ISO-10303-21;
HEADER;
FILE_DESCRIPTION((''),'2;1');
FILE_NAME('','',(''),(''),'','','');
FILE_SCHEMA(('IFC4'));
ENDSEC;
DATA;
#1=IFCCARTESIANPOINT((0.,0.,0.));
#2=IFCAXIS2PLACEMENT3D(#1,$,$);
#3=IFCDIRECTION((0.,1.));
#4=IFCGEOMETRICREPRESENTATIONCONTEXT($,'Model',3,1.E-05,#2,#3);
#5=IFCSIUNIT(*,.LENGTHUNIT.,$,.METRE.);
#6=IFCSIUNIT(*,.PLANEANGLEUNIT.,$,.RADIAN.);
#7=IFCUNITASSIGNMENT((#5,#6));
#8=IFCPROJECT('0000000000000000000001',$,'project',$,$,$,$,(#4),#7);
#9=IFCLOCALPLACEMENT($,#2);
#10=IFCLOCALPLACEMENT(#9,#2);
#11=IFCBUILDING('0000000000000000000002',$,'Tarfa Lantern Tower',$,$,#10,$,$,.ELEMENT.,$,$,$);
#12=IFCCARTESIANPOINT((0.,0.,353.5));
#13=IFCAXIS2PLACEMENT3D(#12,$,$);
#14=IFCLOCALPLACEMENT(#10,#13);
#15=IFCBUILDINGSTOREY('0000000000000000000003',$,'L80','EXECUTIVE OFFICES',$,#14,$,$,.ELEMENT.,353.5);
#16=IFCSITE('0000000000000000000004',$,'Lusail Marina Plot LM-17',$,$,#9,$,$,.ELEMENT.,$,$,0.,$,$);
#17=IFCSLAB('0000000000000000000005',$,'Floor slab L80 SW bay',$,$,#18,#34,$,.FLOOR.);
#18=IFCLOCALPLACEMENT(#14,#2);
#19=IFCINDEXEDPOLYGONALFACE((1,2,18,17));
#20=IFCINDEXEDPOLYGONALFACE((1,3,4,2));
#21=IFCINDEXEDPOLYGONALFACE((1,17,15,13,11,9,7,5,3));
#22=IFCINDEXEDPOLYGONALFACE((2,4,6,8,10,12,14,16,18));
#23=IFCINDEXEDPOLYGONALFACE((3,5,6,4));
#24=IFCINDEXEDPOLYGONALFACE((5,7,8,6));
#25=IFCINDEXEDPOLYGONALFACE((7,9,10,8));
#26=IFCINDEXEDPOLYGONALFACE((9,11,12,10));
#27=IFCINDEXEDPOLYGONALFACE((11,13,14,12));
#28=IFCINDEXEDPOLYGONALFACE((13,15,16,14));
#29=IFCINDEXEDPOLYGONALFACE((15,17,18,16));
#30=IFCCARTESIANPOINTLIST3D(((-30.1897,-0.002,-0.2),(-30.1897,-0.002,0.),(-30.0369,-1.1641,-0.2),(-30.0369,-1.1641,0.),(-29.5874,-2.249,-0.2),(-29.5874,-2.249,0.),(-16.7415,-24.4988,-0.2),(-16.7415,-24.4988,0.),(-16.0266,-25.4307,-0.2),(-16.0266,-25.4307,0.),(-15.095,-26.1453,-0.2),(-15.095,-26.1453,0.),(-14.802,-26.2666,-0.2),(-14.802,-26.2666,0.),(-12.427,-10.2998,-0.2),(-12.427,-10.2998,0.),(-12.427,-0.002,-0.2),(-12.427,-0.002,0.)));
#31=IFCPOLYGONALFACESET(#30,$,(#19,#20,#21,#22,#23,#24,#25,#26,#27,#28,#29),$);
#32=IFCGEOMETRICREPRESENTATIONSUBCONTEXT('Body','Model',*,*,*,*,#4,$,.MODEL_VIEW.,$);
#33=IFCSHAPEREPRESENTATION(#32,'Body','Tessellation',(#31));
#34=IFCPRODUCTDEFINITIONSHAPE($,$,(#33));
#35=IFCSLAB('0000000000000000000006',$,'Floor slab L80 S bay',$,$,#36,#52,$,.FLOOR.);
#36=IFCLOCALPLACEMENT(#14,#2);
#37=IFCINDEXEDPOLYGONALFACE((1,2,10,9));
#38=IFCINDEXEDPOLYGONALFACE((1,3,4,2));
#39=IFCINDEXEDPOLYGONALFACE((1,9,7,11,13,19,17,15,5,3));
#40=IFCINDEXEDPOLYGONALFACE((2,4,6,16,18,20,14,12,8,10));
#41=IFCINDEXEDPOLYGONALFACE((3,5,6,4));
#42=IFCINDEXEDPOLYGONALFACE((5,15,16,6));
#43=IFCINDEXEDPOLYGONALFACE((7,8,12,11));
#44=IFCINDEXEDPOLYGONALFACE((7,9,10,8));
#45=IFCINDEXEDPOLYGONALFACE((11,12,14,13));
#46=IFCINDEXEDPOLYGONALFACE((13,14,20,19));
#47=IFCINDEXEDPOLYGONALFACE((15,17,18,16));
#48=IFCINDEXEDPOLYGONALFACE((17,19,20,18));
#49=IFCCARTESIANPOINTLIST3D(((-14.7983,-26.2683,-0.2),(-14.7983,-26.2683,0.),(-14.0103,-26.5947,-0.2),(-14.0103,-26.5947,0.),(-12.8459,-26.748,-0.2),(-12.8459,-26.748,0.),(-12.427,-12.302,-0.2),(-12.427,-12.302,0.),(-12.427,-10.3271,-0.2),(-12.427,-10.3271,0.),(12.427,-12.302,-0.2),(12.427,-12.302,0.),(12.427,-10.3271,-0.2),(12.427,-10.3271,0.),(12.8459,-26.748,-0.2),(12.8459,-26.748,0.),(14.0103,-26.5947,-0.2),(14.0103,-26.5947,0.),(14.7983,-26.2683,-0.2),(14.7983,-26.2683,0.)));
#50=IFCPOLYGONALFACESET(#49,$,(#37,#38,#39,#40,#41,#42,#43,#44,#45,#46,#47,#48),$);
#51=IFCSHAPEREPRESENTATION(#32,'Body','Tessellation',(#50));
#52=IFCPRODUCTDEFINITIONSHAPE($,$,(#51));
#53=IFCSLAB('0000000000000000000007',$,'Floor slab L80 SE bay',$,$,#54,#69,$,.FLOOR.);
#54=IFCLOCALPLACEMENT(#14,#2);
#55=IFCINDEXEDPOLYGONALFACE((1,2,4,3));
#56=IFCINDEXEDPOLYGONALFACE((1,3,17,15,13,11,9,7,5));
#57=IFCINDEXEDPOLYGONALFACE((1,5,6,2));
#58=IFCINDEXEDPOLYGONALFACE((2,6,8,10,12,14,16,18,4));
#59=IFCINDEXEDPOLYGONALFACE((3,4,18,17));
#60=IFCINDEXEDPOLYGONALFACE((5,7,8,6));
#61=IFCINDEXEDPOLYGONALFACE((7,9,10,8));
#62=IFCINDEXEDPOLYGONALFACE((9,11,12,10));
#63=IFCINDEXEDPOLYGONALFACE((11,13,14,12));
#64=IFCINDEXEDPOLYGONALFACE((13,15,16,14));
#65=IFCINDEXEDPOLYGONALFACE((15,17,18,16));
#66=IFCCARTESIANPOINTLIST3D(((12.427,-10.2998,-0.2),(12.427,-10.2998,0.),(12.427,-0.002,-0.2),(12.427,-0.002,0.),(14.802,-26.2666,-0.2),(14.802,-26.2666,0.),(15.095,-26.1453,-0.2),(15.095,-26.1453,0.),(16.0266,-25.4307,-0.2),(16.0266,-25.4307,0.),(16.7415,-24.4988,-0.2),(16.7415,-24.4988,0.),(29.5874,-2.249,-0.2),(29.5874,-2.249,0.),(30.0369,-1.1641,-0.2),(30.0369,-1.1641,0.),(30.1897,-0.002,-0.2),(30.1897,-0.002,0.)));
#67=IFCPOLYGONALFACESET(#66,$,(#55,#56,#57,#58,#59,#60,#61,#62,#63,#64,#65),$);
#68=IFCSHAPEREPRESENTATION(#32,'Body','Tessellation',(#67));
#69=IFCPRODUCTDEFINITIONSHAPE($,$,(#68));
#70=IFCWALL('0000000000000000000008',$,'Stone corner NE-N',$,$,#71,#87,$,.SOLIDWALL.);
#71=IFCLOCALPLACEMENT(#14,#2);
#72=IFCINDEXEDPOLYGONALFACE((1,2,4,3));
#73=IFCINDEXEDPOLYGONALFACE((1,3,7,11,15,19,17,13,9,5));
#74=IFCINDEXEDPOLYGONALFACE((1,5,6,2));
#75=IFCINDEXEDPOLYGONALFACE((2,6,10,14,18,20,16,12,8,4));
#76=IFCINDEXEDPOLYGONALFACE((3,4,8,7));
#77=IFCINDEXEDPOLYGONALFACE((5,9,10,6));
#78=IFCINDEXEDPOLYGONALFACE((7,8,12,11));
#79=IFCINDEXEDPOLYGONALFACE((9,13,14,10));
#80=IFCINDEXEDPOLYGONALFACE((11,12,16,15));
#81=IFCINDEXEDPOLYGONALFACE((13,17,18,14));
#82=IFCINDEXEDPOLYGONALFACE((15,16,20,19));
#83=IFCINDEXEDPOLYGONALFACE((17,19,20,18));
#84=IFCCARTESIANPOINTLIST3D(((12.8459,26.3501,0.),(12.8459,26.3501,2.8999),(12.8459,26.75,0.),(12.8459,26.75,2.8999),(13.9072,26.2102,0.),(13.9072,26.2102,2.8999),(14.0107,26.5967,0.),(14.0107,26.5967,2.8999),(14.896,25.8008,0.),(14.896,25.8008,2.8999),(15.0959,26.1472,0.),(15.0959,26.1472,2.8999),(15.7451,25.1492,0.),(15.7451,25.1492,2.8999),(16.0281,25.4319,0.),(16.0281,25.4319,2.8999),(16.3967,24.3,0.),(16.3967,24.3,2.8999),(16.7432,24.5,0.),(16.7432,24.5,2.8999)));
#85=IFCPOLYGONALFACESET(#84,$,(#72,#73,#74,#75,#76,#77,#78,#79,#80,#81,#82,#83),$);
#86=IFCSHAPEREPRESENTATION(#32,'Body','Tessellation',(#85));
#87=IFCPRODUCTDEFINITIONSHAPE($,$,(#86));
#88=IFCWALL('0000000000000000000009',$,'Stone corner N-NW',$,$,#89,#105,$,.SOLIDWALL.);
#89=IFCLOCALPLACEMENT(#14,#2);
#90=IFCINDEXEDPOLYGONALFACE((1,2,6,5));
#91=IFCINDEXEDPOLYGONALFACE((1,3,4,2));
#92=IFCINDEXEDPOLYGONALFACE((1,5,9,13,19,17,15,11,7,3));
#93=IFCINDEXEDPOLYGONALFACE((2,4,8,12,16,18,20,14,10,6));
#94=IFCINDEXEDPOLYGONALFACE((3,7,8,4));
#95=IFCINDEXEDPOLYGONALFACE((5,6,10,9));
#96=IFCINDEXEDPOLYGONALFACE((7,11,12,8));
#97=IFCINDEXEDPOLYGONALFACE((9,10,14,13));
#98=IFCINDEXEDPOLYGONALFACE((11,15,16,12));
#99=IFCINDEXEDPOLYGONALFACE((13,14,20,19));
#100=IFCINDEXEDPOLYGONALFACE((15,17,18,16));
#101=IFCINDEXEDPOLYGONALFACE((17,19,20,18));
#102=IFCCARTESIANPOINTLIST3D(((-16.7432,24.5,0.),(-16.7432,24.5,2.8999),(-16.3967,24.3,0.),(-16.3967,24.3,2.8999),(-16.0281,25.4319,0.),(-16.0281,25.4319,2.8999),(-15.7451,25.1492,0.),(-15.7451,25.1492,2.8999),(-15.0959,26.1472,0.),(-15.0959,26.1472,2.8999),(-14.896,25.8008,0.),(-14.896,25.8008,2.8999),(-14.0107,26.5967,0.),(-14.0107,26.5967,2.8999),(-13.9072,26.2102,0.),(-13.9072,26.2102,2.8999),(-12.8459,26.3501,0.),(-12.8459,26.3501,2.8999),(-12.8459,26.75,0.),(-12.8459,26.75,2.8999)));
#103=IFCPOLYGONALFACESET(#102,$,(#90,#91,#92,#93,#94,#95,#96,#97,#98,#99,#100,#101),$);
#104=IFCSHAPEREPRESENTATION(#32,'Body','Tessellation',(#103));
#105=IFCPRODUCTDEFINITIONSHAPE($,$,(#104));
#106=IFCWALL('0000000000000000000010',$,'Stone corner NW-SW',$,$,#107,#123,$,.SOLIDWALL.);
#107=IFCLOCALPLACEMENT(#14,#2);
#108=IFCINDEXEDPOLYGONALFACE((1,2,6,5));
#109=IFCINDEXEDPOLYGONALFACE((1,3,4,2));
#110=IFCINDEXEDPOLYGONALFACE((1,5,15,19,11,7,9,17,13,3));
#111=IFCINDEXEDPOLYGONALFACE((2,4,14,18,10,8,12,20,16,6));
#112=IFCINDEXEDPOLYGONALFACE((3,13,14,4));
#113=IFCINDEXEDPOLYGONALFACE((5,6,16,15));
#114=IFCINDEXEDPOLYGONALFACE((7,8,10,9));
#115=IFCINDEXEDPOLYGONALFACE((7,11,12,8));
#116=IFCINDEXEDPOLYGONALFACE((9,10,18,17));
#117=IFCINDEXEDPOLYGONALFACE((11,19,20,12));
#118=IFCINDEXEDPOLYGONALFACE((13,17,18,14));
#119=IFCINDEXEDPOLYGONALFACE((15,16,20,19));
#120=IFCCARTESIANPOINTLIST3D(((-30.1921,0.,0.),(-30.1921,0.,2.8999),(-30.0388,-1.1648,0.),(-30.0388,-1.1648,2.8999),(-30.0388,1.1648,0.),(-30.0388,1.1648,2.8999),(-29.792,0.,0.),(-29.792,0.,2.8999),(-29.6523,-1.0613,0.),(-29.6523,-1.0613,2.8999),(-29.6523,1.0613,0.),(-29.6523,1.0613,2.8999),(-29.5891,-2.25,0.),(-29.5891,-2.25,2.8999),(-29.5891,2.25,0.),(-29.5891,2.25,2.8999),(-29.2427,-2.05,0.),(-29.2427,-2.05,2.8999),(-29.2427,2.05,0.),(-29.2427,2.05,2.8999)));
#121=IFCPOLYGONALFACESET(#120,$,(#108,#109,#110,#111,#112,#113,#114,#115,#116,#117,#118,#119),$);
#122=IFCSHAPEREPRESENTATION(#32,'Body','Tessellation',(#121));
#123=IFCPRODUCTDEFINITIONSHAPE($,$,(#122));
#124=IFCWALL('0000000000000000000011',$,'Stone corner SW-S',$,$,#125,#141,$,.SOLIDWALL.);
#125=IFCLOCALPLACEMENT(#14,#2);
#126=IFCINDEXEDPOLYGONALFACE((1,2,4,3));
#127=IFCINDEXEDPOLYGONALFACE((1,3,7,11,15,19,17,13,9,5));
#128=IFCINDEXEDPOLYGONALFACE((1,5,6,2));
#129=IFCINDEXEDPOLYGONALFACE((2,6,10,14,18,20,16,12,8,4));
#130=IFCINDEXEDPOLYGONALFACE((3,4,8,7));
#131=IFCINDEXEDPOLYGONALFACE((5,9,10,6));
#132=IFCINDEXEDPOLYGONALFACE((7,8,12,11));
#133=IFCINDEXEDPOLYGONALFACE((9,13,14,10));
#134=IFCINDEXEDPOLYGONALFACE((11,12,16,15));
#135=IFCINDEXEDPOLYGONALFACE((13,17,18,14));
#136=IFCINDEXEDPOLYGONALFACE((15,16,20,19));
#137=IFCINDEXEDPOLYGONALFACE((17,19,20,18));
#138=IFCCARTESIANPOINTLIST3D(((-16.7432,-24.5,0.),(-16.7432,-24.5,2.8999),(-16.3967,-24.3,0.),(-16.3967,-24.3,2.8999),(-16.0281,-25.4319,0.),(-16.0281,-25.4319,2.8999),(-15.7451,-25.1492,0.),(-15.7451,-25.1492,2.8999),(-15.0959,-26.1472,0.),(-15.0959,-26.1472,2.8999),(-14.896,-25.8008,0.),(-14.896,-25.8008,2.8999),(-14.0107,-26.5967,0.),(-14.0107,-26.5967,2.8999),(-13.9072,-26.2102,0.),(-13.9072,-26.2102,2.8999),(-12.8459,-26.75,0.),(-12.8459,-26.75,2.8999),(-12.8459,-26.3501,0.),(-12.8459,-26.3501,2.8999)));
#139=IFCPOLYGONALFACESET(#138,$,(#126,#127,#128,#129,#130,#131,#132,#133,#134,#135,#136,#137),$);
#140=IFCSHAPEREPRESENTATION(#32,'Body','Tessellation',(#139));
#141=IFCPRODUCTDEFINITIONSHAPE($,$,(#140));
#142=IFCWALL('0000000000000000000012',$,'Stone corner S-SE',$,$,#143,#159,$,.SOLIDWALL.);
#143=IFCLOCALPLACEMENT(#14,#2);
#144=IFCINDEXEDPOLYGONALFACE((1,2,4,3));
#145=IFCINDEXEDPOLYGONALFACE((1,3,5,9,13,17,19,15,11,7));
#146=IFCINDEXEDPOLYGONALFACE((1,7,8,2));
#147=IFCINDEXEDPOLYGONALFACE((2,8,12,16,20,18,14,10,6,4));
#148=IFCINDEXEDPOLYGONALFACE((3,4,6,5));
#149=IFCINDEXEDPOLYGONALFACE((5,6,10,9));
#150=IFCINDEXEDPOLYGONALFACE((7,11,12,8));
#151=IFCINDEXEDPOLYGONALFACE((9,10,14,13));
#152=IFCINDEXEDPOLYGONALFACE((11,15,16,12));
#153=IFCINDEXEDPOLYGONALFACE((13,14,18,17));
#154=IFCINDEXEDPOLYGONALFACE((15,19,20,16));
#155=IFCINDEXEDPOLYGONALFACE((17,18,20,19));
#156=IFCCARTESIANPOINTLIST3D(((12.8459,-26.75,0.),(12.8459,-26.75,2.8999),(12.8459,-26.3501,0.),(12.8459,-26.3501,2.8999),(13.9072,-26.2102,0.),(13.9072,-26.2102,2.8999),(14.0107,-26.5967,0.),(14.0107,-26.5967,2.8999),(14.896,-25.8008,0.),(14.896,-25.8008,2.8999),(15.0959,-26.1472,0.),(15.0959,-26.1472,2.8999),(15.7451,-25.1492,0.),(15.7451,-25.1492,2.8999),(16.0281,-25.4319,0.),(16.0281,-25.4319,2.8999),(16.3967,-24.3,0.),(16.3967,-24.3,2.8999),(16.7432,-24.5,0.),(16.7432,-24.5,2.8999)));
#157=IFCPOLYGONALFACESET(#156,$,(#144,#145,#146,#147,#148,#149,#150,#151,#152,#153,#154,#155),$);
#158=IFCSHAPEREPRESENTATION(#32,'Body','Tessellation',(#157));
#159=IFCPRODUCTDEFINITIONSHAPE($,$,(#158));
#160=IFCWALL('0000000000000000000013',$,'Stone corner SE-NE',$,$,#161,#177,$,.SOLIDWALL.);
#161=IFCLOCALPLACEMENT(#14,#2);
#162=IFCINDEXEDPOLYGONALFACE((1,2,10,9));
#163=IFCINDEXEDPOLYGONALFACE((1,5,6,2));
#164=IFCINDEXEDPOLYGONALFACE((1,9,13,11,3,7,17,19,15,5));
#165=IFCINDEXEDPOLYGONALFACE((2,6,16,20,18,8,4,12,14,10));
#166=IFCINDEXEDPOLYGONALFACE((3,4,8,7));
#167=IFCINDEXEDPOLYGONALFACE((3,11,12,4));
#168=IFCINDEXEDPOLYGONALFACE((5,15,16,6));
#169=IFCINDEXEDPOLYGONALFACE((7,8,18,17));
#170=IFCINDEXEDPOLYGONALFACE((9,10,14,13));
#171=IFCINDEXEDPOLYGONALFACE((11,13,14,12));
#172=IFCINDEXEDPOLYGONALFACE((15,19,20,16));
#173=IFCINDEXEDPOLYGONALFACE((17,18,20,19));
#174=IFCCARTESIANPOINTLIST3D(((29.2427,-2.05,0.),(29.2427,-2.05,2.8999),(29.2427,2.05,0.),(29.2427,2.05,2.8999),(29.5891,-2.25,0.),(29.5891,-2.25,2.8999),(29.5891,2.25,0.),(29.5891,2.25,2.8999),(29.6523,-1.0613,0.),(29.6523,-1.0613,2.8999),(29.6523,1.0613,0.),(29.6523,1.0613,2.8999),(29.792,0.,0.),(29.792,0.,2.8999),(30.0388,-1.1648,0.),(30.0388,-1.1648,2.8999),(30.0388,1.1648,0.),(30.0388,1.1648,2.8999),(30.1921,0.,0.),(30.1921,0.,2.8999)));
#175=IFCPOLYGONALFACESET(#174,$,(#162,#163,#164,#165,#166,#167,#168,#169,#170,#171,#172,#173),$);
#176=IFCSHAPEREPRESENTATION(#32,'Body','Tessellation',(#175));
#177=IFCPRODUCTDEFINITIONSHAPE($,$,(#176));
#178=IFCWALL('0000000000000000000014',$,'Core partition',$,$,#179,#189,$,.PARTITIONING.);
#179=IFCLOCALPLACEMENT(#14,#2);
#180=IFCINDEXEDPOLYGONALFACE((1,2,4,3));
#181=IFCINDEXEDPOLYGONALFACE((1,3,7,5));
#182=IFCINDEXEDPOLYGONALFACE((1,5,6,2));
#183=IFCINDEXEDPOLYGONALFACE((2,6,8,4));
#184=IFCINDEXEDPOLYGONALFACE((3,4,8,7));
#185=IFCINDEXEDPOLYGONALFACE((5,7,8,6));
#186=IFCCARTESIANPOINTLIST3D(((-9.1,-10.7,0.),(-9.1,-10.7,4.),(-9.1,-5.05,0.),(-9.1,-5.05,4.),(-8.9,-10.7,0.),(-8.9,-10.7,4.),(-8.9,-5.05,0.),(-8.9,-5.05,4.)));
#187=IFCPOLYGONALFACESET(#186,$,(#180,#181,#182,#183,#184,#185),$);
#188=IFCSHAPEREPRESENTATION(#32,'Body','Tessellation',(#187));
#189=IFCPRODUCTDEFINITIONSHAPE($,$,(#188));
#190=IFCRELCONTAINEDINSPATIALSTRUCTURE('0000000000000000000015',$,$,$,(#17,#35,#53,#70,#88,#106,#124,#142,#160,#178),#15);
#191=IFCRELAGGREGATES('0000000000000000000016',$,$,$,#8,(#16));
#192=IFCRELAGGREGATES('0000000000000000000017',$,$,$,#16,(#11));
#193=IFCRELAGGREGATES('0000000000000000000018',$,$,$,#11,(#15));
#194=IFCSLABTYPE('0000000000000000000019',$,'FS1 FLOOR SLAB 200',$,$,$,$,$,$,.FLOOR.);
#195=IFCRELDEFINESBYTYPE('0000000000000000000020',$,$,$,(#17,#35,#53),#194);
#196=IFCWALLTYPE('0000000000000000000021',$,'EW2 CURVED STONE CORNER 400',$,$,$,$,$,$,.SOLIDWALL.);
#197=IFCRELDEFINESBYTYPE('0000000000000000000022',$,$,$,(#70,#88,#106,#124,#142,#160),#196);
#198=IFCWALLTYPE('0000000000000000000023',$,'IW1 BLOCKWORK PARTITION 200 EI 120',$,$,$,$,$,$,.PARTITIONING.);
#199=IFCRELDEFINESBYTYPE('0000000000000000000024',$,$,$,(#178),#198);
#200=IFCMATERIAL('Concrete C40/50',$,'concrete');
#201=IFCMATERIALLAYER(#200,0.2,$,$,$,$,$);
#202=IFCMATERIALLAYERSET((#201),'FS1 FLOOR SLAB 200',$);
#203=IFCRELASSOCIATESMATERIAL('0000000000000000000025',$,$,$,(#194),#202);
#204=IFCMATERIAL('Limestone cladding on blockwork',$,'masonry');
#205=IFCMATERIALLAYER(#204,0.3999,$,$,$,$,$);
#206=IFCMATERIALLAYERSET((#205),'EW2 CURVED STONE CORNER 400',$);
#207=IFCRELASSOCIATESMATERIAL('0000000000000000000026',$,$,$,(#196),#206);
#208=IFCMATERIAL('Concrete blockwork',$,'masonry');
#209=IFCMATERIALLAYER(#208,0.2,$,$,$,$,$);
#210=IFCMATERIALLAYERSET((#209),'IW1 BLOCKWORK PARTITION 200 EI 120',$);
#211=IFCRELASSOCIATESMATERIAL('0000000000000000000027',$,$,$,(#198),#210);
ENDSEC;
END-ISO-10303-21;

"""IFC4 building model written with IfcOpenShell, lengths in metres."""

from ifc_helpers import new_model, si_unit, direction, frame, frame_2d, origin, place, context, subcontext, project, spatial, polyline, rectangle, outline, extrude, material, layer, layer_set, type_object, element, save


model = new_model("IFC4")

# Units and contexts
model_context = context("Model", 3, precision=1e-05, world=origin(), true_north=direction((0.0, 1.0)))
body_context = subcontext(model_context, "Body", "Model", "MODEL_VIEW")
ifc_project = project(units=[si_unit("LENGTHUNIT", "METRE"), si_unit("PLANEANGLEUNIT", "RADIAN")], contexts=[model_context])

# Site, building, storey
site_placement = place(None, origin())
site = spatial("IfcSite", under=ifc_project, at=site_placement, Name="Lusail Marina Plot LM-17", CompositionType="ELEMENT", RefElevation=0.0)
building_placement = place(site_placement, origin())
building = spatial("IfcBuilding", under=site, at=building_placement, Name="Tarfa Lantern Tower", CompositionType="ELEMENT")
storey_placement = place(building_placement, frame((0.0, 0.0, 353.5)))
storey = spatial("IfcBuildingStorey", under=building, at=storey_placement, Name="L80", Description="EXECUTIVE OFFICES", CompositionType="ELEMENT", Elevation=353.5)

# Slabs
ifc_material_1 = material(Name="Concrete C40/50", Category="concrete")
ifc_layer_1 = layer(ifc_material_1, 0.2)
ifc_layer_set_1 = layer_set([ifc_layer_1], Name="FS1 FLOOR SLAB 200")
slab_type_1 = type_object("IfcSlabType", Name="FS1 FLOOR SLAB 200", PredefinedType="FLOOR", material=ifc_layer_set_1)
slab_1_placement = place(storey_placement, frame((0.0, 0.0, -0.2)))
element("IfcSlab", 1, at=slab_1_placement, inside=storey, type_object=slab_type_1, Name="Floor slab L80 SW bay", PredefinedType="FLOOR", context=body_context, shape_type="SweptSolid", body=[
    extrude(outline(polyline([(-12.427, -10.2998), (-12.427, -0.002), (-30.1897, -0.002), (-30.0369, -1.1641), (-29.5874, -2.249), (-16.7415, -24.4988), (-16.0266, -25.4307), (-15.095, -26.1453), (-14.802, -26.2666), (-12.427, -10.2998)])), origin(), (0.0, 0.0, 1.0), 0.2),
])
slab_2_placement = place(storey_placement, frame((0.0, 0.0, -0.2)))
element("IfcSlab", 2, at=slab_2_placement, inside=storey, type_object=slab_type_1, Name="Floor slab L80 S bay", PredefinedType="FLOOR", context=body_context, shape_type="SweptSolid", body=[
    extrude(outline(polyline([(12.427, -10.3271), (12.427, -12.302), (-12.427, -12.302), (-12.427, -10.3271), (-14.7983, -26.2683), (-14.0103, -26.5947), (-12.8459, -26.748), (12.8459, -26.748), (14.0103, -26.5947), (14.7983, -26.2683), (12.427, -10.3271)])), origin(), (0.0, 0.0, 1.0), 0.2),
])
slab_3_placement = place(storey_placement, frame((0.0, 0.0, -0.2)))
element("IfcSlab", 3, at=slab_3_placement, inside=storey, type_object=slab_type_1, Name="Floor slab L80 SE bay", PredefinedType="FLOOR", context=body_context, shape_type="SweptSolid", body=[
    extrude(outline(polyline([(12.427, -0.002), (12.427, -10.2998), (14.802, -26.2666), (15.095, -26.1453), (16.0266, -25.4307), (16.7415, -24.4988), (29.5874, -2.249), (30.0369, -1.1641), (30.1897, -0.002), (12.427, -0.002)])), origin(), (0.0, 0.0, 1.0), 0.2),
])

# Walls
ifc_material_2 = material(Name="Limestone cladding on blockwork", Category="masonry")
ifc_layer_2 = layer(ifc_material_2, 0.3999)
ifc_layer_set_2 = layer_set([ifc_layer_2], Name="EW2 CURVED STONE CORNER 400")
wall_type_1 = type_object("IfcWallType", Name="EW2 CURVED STONE CORNER 400", PredefinedType="SOLIDWALL", material=ifc_layer_set_2)
wall_1_placement = place(storey_placement, origin())
element("IfcWall", 4, at=wall_1_placement, inside=storey, type_object=wall_type_1, Name="Stone corner NE-N", PredefinedType="SOLIDWALL", context=body_context, shape_type="SweptSolid", body=[
    extrude(outline(polyline([(16.7432, 24.5), (16.0281, 25.4319), (15.0959, 26.1472), (14.0107, 26.5967), (12.8459, 26.75), (12.8459, 26.3501), (13.9072, 26.2102), (14.896, 25.8008), (15.7451, 25.1492), (16.3967, 24.3), (16.7432, 24.5)])), origin(), (0.0, 0.0, 1.0), 2.8999),
])
wall_2_placement = place(storey_placement, origin())
element("IfcWall", 5, at=wall_2_placement, inside=storey, type_object=wall_type_1, Name="Stone corner N-NW", PredefinedType="SOLIDWALL", context=body_context, shape_type="SweptSolid", body=[
    extrude(outline(polyline([(-12.8459, 26.75), (-14.0107, 26.5967), (-15.0959, 26.1472), (-16.0281, 25.4319), (-16.7432, 24.5), (-16.3967, 24.3), (-15.7451, 25.1492), (-14.896, 25.8008), (-13.9072, 26.2102), (-12.8459, 26.3501), (-12.8459, 26.75)])), origin(), (0.0, 0.0, 1.0), 2.8999),
])
wall_3_placement = place(storey_placement, origin())
element("IfcWall", 6, at=wall_3_placement, inside=storey, type_object=wall_type_1, Name="Stone corner NW-SW", PredefinedType="SOLIDWALL", context=body_context, shape_type="SweptSolid", body=[
    extrude(outline(polyline([(-29.5891, 2.25), (-30.0388, 1.1648), (-30.1921, 0.0), (-30.0388, -1.1648), (-29.5891, -2.25), (-29.2427, -2.05), (-29.6523, -1.0613), (-29.792, 0.0), (-29.6523, 1.0613), (-29.2427, 2.05), (-29.5891, 2.25)])), origin(), (0.0, 0.0, 1.0), 2.8999),
])
wall_4_placement = place(storey_placement, origin())
element("IfcWall", 7, at=wall_4_placement, inside=storey, type_object=wall_type_1, Name="Stone corner SW-S", PredefinedType="SOLIDWALL", context=body_context, shape_type="SweptSolid", body=[
    extrude(outline(polyline([(-16.7432, -24.5), (-16.0281, -25.4319), (-15.0959, -26.1472), (-14.0107, -26.5967), (-12.8459, -26.75), (-12.8459, -26.3501), (-13.9072, -26.2102), (-14.896, -25.8008), (-15.7451, -25.1492), (-16.3967, -24.3), (-16.7432, -24.5)])), origin(), (0.0, 0.0, 1.0), 2.8999),
])
wall_5_placement = place(storey_placement, origin())
element("IfcWall", 8, at=wall_5_placement, inside=storey, type_object=wall_type_1, Name="Stone corner S-SE", PredefinedType="SOLIDWALL", context=body_context, shape_type="SweptSolid", body=[
    extrude(outline(polyline([(12.8459, -26.75), (14.0107, -26.5967), (15.0959, -26.1472), (16.0281, -25.4319), (16.7432, -24.5), (16.3967, -24.3), (15.7451, -25.1492), (14.896, -25.8008), (13.9072, -26.2102), (12.8459, -26.3501), (12.8459, -26.75)])), origin(), (0.0, 0.0, 1.0), 2.8999),
])
wall_6_placement = place(storey_placement, origin())
element("IfcWall", 9, at=wall_6_placement, inside=storey, type_object=wall_type_1, Name="Stone corner SE-NE", PredefinedType="SOLIDWALL", context=body_context, shape_type="SweptSolid", body=[
    extrude(outline(polyline([(29.5891, -2.25), (30.0388, -1.1648), (30.1921, 0.0), (30.0388, 1.1648), (29.5891, 2.25), (29.2427, 2.05), (29.6523, 1.0613), (29.792, 0.0), (29.6523, -1.0613), (29.2427, -2.05), (29.5891, -2.25)])), origin(), (0.0, 0.0, 1.0), 2.8999),
])
ifc_material_3 = material(Name="Concrete blockwork", Category="masonry")
ifc_layer_3 = layer(ifc_material_3, 0.2)
ifc_layer_set_3 = layer_set([ifc_layer_3], Name="IW1 BLOCKWORK PARTITION 200 EI 120")
wall_type_2 = type_object("IfcWallType", Name="IW1 BLOCKWORK PARTITION 200 EI 120", PredefinedType="PARTITIONING", material=ifc_layer_set_3)
for number, where, z_axis, x_axis, name in (
    (10, (-9.0, -5.05, 0.0), (0.0, 0.0, 1.0), (0.0, -1.0, 0.0), "Core partition"),
):
    element("IfcWall", number, at=place(storey_placement, frame(where, z_axis=z_axis, x_axis=x_axis)), inside=storey, type_object=wall_type_2, Name=name, PredefinedType="PARTITIONING", context=body_context, shape_type="SweptSolid", body=[
        extrude(rectangle(XDim=5.6499, YDim=0.2, at=frame_2d((2.825, 0.0))), origin(), (0.0, 0.0, 1.0), 4.0),
    ])

save(model, "model.ifc")
